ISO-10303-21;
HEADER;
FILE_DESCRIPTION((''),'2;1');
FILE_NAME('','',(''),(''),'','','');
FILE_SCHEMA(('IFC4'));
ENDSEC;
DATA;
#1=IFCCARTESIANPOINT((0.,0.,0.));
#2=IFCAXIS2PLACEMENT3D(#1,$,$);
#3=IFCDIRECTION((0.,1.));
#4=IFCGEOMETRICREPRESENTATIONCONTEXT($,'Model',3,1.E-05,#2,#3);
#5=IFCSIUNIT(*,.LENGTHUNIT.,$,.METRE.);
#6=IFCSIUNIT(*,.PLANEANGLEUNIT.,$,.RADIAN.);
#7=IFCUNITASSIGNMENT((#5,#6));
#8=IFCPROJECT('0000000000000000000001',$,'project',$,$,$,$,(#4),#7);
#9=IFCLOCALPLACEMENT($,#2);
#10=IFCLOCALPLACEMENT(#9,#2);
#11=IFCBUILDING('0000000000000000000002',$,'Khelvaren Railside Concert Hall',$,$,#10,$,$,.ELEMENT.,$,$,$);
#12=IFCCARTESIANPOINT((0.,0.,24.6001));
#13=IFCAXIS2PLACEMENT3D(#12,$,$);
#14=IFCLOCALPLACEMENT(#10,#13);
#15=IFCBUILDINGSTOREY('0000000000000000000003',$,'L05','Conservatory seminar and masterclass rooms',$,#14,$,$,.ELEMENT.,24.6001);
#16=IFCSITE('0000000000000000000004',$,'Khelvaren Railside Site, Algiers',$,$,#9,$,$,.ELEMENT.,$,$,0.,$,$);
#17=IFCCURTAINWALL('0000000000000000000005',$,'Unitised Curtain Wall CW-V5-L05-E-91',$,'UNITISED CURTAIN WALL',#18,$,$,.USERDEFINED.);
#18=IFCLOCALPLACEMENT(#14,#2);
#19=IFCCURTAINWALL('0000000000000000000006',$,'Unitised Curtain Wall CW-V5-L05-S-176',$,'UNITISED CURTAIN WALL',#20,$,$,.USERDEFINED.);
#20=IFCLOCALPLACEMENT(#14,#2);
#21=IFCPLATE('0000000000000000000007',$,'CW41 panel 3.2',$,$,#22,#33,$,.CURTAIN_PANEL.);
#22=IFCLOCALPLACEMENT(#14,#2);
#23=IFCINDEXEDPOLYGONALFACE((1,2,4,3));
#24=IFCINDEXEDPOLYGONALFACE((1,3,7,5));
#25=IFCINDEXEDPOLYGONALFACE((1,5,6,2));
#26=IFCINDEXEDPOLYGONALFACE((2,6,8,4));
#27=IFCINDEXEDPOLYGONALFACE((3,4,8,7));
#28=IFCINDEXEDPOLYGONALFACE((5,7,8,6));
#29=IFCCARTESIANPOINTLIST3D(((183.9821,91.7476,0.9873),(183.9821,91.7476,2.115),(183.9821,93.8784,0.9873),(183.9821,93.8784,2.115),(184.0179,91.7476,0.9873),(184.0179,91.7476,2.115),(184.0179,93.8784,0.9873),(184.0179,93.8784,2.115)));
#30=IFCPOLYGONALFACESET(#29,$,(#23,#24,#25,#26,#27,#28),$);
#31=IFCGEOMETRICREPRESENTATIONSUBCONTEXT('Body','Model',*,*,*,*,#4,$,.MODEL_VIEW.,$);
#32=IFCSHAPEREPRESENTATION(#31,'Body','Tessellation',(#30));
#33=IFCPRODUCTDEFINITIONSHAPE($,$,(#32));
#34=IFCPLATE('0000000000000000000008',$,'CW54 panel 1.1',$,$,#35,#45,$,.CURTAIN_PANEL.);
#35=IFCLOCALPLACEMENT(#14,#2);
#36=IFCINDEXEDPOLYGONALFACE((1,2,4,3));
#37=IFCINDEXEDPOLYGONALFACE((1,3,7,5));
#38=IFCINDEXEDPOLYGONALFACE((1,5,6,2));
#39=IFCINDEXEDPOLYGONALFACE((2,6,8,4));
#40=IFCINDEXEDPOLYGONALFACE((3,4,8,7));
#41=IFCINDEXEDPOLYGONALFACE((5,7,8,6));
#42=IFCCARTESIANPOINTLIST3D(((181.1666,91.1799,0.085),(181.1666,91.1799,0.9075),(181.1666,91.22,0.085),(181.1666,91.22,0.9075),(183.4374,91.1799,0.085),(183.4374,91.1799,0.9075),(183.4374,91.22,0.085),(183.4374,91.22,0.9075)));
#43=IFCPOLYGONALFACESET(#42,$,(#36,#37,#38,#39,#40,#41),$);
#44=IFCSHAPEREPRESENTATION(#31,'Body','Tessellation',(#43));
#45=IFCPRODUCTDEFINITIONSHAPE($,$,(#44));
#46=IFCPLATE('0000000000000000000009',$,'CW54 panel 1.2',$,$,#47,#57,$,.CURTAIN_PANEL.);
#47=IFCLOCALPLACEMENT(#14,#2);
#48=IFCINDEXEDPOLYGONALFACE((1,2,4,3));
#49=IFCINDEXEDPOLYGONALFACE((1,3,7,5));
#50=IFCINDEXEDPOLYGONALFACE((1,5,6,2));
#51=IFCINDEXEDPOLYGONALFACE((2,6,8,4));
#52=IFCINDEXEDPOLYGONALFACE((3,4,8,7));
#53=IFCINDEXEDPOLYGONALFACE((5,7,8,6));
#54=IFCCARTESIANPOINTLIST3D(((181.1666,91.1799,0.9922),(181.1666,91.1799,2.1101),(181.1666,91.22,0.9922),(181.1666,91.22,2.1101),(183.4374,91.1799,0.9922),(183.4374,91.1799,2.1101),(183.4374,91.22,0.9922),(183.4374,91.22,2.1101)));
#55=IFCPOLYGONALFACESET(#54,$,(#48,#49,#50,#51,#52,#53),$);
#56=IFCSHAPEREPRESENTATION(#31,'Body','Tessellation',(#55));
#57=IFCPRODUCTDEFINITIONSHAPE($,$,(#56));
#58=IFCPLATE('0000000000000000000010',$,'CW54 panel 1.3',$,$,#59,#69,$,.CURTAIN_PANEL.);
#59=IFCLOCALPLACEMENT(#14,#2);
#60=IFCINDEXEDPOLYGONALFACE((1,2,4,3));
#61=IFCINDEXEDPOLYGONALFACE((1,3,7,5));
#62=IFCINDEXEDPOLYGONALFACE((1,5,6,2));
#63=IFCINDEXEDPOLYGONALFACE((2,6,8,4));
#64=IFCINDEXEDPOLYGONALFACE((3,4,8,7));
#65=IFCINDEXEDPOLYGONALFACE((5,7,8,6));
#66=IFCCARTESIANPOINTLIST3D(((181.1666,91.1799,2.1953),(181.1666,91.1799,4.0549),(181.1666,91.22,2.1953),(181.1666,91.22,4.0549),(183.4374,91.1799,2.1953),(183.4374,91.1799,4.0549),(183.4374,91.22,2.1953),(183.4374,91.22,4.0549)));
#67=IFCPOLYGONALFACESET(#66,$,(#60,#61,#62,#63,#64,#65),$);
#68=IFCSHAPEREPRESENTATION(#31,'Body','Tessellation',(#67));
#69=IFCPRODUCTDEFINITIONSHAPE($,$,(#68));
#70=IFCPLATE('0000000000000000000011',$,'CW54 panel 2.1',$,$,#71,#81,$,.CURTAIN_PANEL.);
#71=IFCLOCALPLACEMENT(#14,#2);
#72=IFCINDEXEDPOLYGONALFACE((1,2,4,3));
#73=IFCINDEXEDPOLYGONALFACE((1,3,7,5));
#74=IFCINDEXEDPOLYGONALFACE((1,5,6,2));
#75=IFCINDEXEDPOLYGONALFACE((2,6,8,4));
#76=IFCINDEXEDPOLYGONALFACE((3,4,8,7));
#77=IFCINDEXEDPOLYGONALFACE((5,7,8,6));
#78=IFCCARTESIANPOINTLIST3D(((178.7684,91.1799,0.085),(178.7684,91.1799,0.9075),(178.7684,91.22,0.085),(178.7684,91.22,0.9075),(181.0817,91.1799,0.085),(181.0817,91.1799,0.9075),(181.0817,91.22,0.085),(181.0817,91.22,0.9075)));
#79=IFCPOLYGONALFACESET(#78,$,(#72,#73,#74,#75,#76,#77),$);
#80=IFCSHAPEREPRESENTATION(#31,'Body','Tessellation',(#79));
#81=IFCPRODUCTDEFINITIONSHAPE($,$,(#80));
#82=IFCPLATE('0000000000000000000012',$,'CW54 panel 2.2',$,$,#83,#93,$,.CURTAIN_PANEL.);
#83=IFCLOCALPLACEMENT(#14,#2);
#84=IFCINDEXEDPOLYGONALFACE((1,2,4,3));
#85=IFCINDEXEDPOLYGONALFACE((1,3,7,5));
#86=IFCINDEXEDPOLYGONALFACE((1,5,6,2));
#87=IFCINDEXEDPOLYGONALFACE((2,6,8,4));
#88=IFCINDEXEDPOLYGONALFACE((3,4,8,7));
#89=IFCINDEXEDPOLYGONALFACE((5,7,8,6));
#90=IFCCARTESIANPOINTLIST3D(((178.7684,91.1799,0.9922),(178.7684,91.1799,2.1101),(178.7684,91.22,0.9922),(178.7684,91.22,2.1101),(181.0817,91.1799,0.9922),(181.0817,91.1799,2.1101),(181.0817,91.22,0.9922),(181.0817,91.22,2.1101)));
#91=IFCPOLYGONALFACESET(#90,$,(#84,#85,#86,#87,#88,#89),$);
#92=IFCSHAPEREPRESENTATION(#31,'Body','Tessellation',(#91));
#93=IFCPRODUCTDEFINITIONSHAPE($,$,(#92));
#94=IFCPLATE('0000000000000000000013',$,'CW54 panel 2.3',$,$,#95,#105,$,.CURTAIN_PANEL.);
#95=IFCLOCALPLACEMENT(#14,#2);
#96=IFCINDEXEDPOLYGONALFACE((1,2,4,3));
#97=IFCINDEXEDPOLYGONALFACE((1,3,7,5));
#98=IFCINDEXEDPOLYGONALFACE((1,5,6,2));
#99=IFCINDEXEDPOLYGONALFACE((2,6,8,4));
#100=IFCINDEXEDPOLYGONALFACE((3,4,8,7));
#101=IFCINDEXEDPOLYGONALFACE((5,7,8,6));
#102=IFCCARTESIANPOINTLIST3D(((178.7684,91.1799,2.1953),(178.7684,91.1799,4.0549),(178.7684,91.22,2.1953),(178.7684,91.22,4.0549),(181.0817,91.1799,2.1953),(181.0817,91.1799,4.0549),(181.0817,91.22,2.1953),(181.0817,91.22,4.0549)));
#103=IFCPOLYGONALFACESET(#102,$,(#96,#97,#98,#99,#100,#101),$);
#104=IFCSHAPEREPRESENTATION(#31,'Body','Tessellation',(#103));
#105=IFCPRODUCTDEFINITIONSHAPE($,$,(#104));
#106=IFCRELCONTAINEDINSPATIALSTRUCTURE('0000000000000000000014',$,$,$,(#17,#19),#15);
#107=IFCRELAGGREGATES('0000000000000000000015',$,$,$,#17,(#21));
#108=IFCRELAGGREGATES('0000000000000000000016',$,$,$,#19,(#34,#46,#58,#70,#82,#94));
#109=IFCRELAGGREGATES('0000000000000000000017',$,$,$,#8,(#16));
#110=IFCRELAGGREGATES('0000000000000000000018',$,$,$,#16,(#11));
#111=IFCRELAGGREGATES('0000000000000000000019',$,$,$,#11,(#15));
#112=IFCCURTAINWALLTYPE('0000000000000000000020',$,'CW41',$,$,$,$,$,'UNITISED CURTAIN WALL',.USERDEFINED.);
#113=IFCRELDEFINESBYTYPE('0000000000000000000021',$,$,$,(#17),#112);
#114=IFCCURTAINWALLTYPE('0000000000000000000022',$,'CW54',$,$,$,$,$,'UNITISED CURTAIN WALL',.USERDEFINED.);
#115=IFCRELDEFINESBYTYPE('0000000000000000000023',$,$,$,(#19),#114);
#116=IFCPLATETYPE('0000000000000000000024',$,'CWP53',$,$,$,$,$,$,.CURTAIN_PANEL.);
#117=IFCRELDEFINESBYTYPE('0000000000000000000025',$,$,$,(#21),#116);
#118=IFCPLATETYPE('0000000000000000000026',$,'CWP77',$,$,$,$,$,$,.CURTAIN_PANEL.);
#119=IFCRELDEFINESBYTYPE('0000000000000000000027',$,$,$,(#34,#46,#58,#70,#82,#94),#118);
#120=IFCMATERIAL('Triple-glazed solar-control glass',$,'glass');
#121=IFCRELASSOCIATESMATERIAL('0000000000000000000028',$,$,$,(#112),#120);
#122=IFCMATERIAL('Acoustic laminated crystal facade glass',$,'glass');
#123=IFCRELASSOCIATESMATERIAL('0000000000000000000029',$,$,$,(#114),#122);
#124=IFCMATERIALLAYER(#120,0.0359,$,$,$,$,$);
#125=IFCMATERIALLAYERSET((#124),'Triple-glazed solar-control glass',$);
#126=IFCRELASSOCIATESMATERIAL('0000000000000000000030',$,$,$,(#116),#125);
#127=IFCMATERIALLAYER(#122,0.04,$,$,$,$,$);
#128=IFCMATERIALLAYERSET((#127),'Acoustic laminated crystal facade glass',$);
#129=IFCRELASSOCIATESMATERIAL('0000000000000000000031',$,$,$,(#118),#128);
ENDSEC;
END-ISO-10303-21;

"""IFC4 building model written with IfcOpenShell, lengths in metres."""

from ifc_helpers import new_model, si_unit, direction, frame, origin, origin_2d, place, context, subcontext, project, spatial, rectangle, extrude, material, layer, layer_set, type_object, element, aggregate, save


model = new_model("IFC4")

# Units and contexts
model_context = context("Model", 3, precision=1e-05, world=origin(), true_north=direction((0.0, 1.0)))
body_context = subcontext(model_context, "Body", "Model", "MODEL_VIEW")
ifc_project = project(units=[si_unit("LENGTHUNIT", "METRE"), si_unit("PLANEANGLEUNIT", "RADIAN")], contexts=[model_context])

# Site, building, storey
site_placement = place(None, origin())
site = spatial("IfcSite", under=ifc_project, at=site_placement, Name="Khelvaren Railside Site, Algiers", CompositionType="ELEMENT", RefElevation=0.0)
building_placement = place(site_placement, origin())
building = spatial("IfcBuilding", under=site, at=building_placement, Name="Khelvaren Railside Concert Hall", CompositionType="ELEMENT")
storey_placement = place(building_placement, frame((0.0, 0.0, 24.6001)))
storey = spatial("IfcBuildingStorey", under=building, at=storey_placement, Name="L05", Description="Conservatory seminar and masterclass rooms", CompositionType="ELEMENT", Elevation=24.6001)

# Curtain wall
ifc_material_1 = material(Name="Triple-glazed solar-control glass", Category="glass")
curtain_wall_type_1 = type_object("IfcCurtainWallType", Name="CW41", ElementType="UNITISED CURTAIN WALL", PredefinedType="USERDEFINED", material=ifc_material_1)
curtain_wall_1_placement = place(storey_placement, origin())
curtain_wall_1 = element("IfcCurtainWall", 1, at=curtain_wall_1_placement, inside=storey, type_object=curtain_wall_type_1, Name="Unitised Curtain Wall CW-V5-L05-E-91", ObjectType="UNITISED CURTAIN WALL", PredefinedType="USERDEFINED")

# Curtain wall
ifc_material_2 = material(Name="Acoustic laminated crystal facade glass", Category="glass")
curtain_wall_type_2 = type_object("IfcCurtainWallType", Name="CW54", ElementType="UNITISED CURTAIN WALL", PredefinedType="USERDEFINED", material=ifc_material_2)
curtain_wall_2_placement = place(storey_placement, origin())
curtain_wall_2 = element("IfcCurtainWall", 2, at=curtain_wall_2_placement, inside=storey, type_object=curtain_wall_type_2, Name="Unitised Curtain Wall CW-V5-L05-S-176", ObjectType="UNITISED CURTAIN WALL", PredefinedType="USERDEFINED")

# Plates
ifc_layer_1 = layer(ifc_material_1, 0.0359)
ifc_layer_set_1 = layer_set([ifc_layer_1], Name="Triple-glazed solar-control glass")
plate_type_1 = type_object("IfcPlateType", Name="CWP53", PredefinedType="CURTAIN_PANEL", material=ifc_layer_set_1)
plate_1_placement = place(storey_placement, frame((184.0, 92.813, 0.9873), z_axis=(0.0, 0.0, 1.0), x_axis=(0.0, -1.0, 0.0)))
plate_1 = element("IfcPlate", 3, at=plate_1_placement, type_object=plate_type_1, Name="CW41 panel 3.2", PredefinedType="CURTAIN_PANEL", context=body_context, shape_type="SweptSolid", body=[
    extrude(rectangle(XDim=2.1309, YDim=0.0359, at=origin_2d()), origin(), (0.0, 0.0, 1.0), 1.1277),
])
aggregate(curtain_wall_1, [plate_1])
ifc_layer_2 = layer(ifc_material_2, 0.04)
ifc_layer_set_2 = layer_set([ifc_layer_2], Name="Acoustic laminated crystal facade glass")
plate_type_2 = type_object("IfcPlateType", Name="CWP77", PredefinedType="CURTAIN_PANEL", material=ifc_layer_set_2)
plate_2_placement = place(storey_placement, frame((182.302, 91.2, 0.085), z_axis=(0.0, 0.0, 1.0), x_axis=(-1.0, 0.0, 0.0)))
plate_2 = element("IfcPlate", 4, at=plate_2_placement, type_object=plate_type_2, Name="CW54 panel 1.1", PredefinedType="CURTAIN_PANEL", context=body_context, shape_type="SweptSolid", body=[
    extrude(rectangle(XDim=2.2708, YDim=0.04, at=origin_2d()), origin(), (0.0, 0.0, 1.0), 0.8225),
])
plate_3_placement = place(storey_placement, frame((182.302, 91.2, 0.9922), z_axis=(0.0, 0.0, 1.0), x_axis=(-1.0, 0.0, 0.0)))
plate_3 = element("IfcPlate", 5, at=plate_3_placement, type_object=plate_type_2, Name="CW54 panel 1.2", PredefinedType="CURTAIN_PANEL", context=body_context, shape_type="SweptSolid", body=[
    extrude(rectangle(XDim=2.2708, YDim=0.04, at=origin_2d()), origin(), (0.0, 0.0, 1.0), 1.1179),
])
plate_4_placement = place(storey_placement, frame((182.302, 91.2, 2.1953), z_axis=(0.0, 0.0, 1.0), x_axis=(-1.0, 0.0, 0.0)))
plate_4 = element("IfcPlate", 6, at=plate_4_placement, type_object=plate_type_2, Name="CW54 panel 1.3", PredefinedType="CURTAIN_PANEL", context=body_context, shape_type="SweptSolid", body=[
    extrude(rectangle(XDim=2.2708, YDim=0.04, at=origin_2d()), origin(), (0.0, 0.0, 1.0), 1.8596),
])
plate_5_placement = place(storey_placement, frame((179.925, 91.2, 0.085), z_axis=(0.0, 0.0, 1.0), x_axis=(-1.0, 0.0, 0.0)))
plate_5 = element("IfcPlate", 7, at=plate_5_placement, type_object=plate_type_2, Name="CW54 panel 2.1", PredefinedType="CURTAIN_PANEL", context=body_context, shape_type="SweptSolid", body=[
    extrude(rectangle(XDim=2.3132, YDim=0.04, at=origin_2d()), origin(), (0.0, 0.0, 1.0), 0.8225),
])
plate_6_placement = place(storey_placement, frame((179.925, 91.2, 0.9922), z_axis=(0.0, 0.0, 1.0), x_axis=(-1.0, 0.0, 0.0)))
plate_6 = element("IfcPlate", 8, at=plate_6_placement, type_object=plate_type_2, Name="CW54 panel 2.2", PredefinedType="CURTAIN_PANEL", context=body_context, shape_type="SweptSolid", body=[
    extrude(rectangle(XDim=2.3132, YDim=0.04, at=origin_2d()), origin(), (0.0, 0.0, 1.0), 1.1179),
])
plate_7_placement = place(storey_placement, frame((179.925, 91.2, 2.1953), z_axis=(0.0, 0.0, 1.0), x_axis=(-1.0, 0.0, 0.0)))
plate_7 = element("IfcPlate", 9, at=plate_7_placement, type_object=plate_type_2, Name="CW54 panel 2.3", PredefinedType="CURTAIN_PANEL", context=body_context, shape_type="SweptSolid", body=[
    extrude(rectangle(XDim=2.3132, YDim=0.04, at=origin_2d()), origin(), (0.0, 0.0, 1.0), 1.8596),
])
aggregate(curtain_wall_2, [plate_2, plate_3, plate_4, plate_5, plate_6, plate_7])

save(model, "model.ifc")
